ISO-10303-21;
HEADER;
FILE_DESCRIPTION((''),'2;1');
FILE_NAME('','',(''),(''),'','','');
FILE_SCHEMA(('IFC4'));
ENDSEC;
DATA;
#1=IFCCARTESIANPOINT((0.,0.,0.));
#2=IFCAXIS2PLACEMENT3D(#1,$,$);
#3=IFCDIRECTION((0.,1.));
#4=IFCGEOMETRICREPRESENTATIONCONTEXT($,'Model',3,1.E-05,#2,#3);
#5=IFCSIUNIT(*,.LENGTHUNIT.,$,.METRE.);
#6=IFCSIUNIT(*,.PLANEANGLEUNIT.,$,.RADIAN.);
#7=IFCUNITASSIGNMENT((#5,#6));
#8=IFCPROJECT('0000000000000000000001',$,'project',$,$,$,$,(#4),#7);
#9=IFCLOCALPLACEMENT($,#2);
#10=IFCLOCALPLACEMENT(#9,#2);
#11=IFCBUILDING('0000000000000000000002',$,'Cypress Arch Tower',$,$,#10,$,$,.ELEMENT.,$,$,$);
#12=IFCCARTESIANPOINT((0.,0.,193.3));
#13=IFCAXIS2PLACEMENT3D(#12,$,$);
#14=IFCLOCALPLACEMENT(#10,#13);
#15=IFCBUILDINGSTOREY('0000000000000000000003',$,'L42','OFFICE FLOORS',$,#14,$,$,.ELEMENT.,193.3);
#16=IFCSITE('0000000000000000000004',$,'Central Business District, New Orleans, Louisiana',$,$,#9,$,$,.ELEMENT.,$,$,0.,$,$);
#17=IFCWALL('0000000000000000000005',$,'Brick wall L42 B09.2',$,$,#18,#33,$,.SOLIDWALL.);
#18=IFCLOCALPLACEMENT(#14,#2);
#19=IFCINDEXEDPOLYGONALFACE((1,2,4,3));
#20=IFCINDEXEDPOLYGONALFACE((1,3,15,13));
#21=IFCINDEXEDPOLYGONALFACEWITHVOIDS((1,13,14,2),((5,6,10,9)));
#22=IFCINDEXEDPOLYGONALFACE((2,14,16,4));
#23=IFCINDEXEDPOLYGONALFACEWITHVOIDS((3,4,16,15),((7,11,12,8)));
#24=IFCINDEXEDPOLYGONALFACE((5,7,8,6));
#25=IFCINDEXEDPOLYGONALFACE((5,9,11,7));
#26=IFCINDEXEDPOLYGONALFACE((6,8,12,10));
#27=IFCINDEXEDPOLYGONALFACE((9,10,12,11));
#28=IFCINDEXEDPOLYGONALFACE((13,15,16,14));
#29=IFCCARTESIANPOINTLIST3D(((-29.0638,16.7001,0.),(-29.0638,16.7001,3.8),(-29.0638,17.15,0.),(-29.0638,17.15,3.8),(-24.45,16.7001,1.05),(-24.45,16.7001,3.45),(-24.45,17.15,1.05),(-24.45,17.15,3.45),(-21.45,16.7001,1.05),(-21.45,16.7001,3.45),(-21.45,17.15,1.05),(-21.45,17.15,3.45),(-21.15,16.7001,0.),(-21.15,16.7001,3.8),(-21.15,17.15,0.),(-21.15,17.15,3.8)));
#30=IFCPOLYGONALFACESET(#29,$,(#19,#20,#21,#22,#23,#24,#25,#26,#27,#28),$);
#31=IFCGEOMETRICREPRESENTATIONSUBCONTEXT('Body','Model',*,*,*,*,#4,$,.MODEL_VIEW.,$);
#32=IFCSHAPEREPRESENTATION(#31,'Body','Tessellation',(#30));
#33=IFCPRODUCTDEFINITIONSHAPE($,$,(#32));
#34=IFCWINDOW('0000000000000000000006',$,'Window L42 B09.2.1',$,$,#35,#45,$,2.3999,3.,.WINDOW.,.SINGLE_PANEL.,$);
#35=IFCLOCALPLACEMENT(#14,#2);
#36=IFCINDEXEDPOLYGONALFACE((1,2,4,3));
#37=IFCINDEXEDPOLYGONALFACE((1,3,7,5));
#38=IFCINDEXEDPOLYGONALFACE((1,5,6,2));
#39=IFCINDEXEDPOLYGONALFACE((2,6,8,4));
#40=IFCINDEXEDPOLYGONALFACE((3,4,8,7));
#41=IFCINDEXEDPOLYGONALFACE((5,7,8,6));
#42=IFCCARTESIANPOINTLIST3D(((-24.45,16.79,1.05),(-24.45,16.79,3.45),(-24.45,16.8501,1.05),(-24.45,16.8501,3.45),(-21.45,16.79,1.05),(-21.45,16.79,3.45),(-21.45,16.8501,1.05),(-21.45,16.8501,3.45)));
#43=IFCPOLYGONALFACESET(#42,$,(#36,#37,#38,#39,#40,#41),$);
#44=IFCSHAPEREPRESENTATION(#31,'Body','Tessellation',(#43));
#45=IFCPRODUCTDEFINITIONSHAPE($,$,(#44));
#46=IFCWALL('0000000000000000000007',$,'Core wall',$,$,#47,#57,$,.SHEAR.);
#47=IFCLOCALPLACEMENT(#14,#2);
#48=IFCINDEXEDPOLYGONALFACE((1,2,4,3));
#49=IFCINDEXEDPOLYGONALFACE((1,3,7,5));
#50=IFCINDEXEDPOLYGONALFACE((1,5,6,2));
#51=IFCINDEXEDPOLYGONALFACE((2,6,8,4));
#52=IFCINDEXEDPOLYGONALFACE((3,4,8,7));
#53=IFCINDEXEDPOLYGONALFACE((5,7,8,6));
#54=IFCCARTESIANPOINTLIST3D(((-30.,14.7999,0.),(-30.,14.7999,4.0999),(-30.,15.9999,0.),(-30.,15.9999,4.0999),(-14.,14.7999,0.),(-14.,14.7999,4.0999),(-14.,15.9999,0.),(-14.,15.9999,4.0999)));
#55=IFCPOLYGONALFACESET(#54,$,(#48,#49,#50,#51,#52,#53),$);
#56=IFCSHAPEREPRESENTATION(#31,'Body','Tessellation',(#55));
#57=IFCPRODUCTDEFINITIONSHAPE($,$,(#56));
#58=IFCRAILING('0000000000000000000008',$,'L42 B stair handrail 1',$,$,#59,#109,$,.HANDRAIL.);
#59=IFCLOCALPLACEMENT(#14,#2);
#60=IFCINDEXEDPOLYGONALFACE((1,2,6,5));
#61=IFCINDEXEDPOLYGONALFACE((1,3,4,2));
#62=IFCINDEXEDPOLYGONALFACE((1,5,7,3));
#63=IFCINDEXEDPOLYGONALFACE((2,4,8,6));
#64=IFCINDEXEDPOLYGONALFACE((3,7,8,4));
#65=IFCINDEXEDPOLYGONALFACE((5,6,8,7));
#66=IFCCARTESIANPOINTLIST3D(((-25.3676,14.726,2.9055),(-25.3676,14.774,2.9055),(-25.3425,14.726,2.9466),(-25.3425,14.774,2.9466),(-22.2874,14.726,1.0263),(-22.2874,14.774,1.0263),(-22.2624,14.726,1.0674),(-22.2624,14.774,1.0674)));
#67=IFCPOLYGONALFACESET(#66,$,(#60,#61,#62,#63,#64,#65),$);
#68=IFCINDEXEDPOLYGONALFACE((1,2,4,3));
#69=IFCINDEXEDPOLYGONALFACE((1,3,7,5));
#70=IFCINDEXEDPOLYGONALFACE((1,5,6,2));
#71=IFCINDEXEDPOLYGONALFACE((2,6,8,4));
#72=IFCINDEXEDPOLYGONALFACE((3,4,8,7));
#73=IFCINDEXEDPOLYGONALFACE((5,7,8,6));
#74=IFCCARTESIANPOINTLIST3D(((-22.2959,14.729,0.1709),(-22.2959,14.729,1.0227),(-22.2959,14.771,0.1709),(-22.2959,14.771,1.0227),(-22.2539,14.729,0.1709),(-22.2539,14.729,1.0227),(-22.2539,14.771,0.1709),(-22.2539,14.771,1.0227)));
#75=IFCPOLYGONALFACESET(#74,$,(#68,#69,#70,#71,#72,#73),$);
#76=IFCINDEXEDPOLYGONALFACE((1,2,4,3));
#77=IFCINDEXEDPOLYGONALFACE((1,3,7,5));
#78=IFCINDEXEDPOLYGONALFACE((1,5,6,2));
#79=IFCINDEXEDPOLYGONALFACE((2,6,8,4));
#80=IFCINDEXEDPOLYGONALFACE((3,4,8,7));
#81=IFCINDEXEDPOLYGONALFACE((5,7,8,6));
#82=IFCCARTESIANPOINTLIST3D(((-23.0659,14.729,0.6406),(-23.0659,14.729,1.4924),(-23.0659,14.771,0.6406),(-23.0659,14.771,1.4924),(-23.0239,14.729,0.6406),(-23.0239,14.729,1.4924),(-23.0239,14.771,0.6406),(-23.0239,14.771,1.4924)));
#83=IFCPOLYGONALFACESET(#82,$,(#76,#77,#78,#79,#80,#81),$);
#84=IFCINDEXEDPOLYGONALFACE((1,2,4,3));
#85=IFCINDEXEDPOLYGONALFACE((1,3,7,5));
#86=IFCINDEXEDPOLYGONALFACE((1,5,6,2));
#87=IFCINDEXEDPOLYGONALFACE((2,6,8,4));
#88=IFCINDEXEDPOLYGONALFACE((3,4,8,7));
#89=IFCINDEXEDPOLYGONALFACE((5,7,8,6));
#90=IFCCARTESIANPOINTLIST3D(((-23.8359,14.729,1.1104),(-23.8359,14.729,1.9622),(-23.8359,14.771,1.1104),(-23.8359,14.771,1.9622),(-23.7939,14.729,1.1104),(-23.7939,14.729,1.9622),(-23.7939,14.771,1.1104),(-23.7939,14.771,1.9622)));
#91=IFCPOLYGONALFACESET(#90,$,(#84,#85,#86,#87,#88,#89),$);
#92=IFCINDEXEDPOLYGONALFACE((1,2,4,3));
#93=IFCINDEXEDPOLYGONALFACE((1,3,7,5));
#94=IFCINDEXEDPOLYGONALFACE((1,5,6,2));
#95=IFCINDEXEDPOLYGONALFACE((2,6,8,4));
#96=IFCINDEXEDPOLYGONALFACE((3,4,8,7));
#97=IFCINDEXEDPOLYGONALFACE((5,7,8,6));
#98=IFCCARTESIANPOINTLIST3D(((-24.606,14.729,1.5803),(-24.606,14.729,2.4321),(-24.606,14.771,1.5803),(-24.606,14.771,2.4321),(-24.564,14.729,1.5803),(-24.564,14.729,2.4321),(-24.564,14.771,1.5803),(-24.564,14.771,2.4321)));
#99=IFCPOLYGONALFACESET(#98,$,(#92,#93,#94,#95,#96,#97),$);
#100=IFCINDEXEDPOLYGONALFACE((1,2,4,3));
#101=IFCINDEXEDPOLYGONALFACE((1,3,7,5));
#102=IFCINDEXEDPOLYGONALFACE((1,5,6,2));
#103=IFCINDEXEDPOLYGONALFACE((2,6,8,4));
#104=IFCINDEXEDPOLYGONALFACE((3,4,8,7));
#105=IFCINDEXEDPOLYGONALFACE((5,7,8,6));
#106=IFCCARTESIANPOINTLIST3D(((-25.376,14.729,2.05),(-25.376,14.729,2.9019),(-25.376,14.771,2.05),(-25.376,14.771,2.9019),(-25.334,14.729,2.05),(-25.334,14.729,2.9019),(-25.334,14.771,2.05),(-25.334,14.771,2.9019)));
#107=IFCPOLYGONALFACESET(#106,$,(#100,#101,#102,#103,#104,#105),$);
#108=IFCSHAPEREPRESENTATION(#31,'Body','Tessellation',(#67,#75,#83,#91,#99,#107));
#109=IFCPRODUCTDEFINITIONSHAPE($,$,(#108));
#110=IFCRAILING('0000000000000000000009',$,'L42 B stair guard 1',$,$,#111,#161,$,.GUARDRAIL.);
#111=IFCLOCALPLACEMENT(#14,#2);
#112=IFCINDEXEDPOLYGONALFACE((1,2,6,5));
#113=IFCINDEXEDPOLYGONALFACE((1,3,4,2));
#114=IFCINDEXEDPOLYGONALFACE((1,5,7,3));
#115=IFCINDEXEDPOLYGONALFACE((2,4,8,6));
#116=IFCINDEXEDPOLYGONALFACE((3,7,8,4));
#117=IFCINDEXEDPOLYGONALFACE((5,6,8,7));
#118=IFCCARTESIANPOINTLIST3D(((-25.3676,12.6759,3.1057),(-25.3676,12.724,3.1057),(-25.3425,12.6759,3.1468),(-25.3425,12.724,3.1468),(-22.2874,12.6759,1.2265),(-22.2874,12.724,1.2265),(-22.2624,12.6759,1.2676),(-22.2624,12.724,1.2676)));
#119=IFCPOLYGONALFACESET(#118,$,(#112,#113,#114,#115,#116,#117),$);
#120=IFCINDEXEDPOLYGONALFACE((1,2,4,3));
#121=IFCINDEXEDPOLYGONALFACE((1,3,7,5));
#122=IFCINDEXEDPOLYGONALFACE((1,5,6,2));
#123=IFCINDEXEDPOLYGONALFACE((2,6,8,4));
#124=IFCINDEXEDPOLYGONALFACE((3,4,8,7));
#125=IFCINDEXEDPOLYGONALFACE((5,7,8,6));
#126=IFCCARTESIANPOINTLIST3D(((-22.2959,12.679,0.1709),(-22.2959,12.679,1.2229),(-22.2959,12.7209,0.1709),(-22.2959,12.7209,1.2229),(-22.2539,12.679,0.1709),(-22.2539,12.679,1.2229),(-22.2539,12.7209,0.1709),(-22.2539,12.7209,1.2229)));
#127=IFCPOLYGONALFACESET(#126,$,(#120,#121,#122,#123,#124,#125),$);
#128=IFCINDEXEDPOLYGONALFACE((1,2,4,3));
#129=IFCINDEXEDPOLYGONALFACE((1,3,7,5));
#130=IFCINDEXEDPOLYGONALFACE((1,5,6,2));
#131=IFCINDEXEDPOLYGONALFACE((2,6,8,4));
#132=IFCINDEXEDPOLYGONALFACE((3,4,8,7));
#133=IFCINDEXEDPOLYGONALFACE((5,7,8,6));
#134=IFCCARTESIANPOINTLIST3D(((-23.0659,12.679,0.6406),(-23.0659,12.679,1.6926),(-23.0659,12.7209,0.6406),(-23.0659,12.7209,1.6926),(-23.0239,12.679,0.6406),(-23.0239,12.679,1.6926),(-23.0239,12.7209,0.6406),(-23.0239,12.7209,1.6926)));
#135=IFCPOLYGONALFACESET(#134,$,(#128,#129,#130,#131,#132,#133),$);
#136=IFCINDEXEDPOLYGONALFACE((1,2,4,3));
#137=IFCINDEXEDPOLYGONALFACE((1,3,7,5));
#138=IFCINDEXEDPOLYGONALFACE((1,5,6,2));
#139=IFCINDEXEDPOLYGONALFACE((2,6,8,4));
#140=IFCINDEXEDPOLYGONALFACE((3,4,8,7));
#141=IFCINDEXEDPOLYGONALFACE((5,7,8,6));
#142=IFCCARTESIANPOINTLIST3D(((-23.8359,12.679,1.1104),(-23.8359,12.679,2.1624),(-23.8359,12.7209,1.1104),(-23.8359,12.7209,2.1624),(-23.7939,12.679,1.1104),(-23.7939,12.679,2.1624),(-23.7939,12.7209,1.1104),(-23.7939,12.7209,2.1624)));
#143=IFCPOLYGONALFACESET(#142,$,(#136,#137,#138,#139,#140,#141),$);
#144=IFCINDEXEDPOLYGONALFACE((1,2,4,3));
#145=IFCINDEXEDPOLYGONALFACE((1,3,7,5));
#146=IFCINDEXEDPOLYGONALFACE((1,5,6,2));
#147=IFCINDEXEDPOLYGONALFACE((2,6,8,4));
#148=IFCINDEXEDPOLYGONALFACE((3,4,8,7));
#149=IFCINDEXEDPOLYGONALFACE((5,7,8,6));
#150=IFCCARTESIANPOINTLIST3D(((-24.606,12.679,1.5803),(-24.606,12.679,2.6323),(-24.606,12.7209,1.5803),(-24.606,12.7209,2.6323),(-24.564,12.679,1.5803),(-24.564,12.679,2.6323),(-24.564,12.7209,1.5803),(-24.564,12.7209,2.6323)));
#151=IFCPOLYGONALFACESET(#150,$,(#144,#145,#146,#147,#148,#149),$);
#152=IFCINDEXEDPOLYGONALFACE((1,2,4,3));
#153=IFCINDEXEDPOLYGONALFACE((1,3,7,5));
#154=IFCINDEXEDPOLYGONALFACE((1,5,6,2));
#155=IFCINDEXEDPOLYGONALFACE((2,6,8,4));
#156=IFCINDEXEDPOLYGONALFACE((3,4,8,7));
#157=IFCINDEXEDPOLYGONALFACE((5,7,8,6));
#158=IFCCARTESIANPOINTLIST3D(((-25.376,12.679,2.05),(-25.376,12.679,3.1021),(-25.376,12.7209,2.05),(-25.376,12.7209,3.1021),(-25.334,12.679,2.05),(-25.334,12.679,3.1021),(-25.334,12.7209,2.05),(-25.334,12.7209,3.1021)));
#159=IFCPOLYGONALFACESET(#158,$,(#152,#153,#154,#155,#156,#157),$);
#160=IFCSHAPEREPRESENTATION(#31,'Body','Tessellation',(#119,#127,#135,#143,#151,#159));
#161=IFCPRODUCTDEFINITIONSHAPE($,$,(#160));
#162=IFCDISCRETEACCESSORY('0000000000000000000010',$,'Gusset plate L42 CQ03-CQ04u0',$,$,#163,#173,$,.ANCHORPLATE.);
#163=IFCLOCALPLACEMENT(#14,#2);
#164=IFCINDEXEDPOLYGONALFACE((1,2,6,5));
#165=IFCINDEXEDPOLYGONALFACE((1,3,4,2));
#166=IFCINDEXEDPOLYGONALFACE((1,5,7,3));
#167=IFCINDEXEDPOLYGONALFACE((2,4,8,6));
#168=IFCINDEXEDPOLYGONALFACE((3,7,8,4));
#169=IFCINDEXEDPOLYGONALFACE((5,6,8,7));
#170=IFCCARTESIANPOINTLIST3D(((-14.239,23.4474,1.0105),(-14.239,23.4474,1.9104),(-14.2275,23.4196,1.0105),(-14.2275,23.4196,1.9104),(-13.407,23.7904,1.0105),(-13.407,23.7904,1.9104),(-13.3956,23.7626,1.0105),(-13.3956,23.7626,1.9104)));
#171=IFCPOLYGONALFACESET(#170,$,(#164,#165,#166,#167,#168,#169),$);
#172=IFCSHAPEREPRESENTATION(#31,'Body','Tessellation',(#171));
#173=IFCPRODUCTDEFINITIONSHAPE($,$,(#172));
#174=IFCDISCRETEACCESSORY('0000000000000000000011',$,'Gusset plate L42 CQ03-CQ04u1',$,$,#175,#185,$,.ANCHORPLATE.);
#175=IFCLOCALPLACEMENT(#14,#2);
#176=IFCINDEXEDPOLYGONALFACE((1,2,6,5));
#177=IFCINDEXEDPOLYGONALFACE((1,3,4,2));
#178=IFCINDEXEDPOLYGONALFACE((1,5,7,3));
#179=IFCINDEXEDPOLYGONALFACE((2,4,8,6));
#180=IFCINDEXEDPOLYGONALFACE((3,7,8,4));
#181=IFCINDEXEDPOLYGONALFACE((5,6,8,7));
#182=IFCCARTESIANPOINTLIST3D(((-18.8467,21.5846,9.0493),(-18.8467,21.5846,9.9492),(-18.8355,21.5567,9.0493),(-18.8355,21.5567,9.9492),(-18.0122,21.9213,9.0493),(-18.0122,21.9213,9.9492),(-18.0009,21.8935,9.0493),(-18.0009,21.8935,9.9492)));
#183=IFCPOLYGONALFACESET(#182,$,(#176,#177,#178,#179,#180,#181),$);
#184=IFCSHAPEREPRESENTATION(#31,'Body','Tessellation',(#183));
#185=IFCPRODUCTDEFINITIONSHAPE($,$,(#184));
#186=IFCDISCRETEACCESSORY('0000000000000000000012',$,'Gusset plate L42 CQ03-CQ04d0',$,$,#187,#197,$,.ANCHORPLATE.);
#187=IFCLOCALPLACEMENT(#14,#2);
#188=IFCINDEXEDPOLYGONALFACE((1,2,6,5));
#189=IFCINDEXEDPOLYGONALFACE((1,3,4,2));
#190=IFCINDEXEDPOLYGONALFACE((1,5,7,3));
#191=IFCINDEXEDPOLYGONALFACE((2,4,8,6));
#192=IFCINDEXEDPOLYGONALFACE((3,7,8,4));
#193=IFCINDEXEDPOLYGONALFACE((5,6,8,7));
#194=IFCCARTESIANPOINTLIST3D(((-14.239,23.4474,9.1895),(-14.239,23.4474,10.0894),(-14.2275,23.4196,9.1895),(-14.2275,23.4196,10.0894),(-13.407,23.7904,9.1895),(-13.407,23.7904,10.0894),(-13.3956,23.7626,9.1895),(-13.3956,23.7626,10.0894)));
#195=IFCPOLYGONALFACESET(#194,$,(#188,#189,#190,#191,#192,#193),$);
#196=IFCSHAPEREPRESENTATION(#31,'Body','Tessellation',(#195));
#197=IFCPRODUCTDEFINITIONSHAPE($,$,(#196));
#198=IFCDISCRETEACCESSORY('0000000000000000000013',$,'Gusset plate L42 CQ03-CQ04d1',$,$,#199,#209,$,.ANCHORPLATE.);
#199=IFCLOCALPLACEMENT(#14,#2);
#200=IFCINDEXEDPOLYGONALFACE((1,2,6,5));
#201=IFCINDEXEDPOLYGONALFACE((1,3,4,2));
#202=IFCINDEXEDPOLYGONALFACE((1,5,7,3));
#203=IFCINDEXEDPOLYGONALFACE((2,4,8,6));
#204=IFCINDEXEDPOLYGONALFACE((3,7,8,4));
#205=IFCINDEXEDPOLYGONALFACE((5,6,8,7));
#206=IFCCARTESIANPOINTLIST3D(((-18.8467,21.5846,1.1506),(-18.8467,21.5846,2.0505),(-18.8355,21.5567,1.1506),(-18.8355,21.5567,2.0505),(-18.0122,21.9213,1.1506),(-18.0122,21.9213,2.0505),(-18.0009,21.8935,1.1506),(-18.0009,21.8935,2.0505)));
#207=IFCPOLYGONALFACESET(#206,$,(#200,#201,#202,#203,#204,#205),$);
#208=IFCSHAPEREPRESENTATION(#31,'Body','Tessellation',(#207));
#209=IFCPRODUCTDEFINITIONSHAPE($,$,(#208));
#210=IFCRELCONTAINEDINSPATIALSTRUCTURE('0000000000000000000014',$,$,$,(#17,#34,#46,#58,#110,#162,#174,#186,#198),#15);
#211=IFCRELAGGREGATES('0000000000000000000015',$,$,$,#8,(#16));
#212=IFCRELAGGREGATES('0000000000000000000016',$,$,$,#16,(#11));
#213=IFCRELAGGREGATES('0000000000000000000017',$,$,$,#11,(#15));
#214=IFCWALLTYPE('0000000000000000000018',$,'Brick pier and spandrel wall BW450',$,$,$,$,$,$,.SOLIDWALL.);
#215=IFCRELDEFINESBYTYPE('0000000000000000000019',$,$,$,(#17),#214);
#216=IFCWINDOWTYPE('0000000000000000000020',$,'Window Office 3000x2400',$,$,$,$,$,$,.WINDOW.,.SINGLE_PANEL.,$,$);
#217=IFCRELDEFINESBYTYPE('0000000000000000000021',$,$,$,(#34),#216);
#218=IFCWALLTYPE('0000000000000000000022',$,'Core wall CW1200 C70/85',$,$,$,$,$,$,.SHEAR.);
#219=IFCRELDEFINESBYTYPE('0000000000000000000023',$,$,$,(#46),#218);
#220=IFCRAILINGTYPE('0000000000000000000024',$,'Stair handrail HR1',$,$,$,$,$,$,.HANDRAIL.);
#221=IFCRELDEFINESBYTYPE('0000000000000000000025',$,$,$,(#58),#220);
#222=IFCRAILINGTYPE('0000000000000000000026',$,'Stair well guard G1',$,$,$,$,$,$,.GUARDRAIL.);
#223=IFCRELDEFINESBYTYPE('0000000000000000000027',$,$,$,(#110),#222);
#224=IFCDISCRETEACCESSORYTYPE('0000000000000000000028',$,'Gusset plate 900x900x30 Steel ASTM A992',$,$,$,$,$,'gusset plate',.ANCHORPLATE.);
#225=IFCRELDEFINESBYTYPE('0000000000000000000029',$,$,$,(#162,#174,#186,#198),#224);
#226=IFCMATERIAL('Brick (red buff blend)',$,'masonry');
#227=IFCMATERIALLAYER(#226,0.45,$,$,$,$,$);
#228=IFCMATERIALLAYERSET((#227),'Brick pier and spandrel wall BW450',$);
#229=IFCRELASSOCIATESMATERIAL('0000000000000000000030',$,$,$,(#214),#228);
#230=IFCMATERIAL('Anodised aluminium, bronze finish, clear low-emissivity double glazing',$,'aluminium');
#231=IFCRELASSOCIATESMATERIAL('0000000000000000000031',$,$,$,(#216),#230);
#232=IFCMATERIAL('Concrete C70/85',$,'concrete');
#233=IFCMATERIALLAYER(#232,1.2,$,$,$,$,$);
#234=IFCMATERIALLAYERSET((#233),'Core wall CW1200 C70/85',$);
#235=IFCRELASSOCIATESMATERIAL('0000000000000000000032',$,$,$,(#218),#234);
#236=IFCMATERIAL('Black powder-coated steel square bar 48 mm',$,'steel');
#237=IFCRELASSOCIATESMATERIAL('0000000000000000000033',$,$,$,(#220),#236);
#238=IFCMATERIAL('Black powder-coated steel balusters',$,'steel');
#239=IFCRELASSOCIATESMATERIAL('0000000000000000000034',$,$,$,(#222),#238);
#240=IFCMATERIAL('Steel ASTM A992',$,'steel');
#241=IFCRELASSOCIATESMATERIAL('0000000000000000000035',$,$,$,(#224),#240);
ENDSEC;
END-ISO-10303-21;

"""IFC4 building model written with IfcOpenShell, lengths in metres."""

from ifc_helpers import new_model, si_unit, direction, frame, frame_2d, origin, origin_2d, place, context, subcontext, project, spatial, rectangle, extrude, material, layer, layer_set, material_profile, profile_set, type_object, element, fill, save


model = new_model("IFC4")

# Units and contexts
model_context = context("Model", 3, precision=1e-05, world=origin(), true_north=direction((0.0, 1.0)))
body_context = subcontext(model_context, "Body", "Model", "MODEL_VIEW")
ifc_project = project(units=[si_unit("LENGTHUNIT", "METRE"), si_unit("PLANEANGLEUNIT", "RADIAN")], contexts=[model_context])

# Site, building, storey
site_placement = place(None, origin())
site = spatial("IfcSite", under=ifc_project, at=site_placement, Name="Central Business District, New Orleans, Louisiana", CompositionType="ELEMENT", RefElevation=0.0)
building_placement = place(site_placement, origin())
building = spatial("IfcBuilding", under=site, at=building_placement, Name="Cypress Arch Tower", CompositionType="ELEMENT")
storey_placement = place(building_placement, frame((0.0, 0.0, 193.3)))
storey = spatial("IfcBuildingStorey", under=building, at=storey_placement, Name="L42", Description="OFFICE FLOORS", CompositionType="ELEMENT", Elevation=193.3)

# Wall, opening, window
ifc_material_1 = material(Name="Brick (red buff blend)", Category="masonry")
ifc_layer_1 = layer(ifc_material_1, 0.45)
ifc_layer_set_1 = layer_set([ifc_layer_1], Name="Brick pier and spandrel wall BW450")
wall_type_1 = type_object("IfcWallType", Name="Brick pier and spandrel wall BW450", PredefinedType="SOLIDWALL", material=ifc_layer_set_1)
wall_1_placement = place(storey_placement, frame((-21.1499, 16.925, 0.0), z_axis=(0.0, 0.0, 1.0), x_axis=(-1.0, 0.0, 0.0)))
wall_1 = element("IfcWall", 1, at=wall_1_placement, inside=storey, type_object=wall_type_1, Name="Brick wall L42 B09.2", PredefinedType="SOLIDWALL", context=body_context, shape_type="SweptSolid", body=[
    extrude(rectangle(XDim=7.9138, YDim=0.45, at=frame_2d((3.957, 0.0))), origin(), (0.0, 0.0, 1.0), 3.8),
])
opening_placement = place(wall_1_placement, frame((0.3, 0.0, 1.05)))
opening = element("IfcOpeningElement", 2, at=opening_placement, cuts=wall_1, PredefinedType="OPENING", context=body_context, shape_type="SweptSolid", body=[
    extrude(rectangle(XDim=3.0, YDim=2.3999, at=frame_2d((1.5, 1.2))), frame((0.0, 0.2349, 0.0), z_axis=(0.0, -1.0, 0.0), x_axis=(1.0, 0.0, 0.0)), (0.0, 0.0, 1.0), 0.47),
])
ifc_material_2 = material(Name="Anodised aluminium, bronze finish, clear low-emissivity double glazing", Category="aluminium")
window_type = type_object("IfcWindowType", Name="Window Office 3000x2400", PartitioningType="SINGLE_PANEL", PredefinedType="WINDOW", material=ifc_material_2)
window_placement = place(opening_placement, origin())
window = element("IfcWindow", 3, at=window_placement, inside=storey, type_object=window_type, Name="Window L42 B09.2.1", OverallHeight=2.3999, OverallWidth=3.0, PartitioningType="SINGLE_PANEL", PredefinedType="WINDOW", context=body_context, shape_type="SweptSolid", body=[
    extrude(rectangle(XDim=3.0, YDim=2.3999, at=frame_2d((1.5, 1.2))), frame((0.0, 0.135, 0.0), z_axis=(0.0, -1.0, 0.0), x_axis=(1.0, 0.0, 0.0)), (0.0, 0.0, 1.0), 0.0601),
])
fill(opening, window)

# Wall
ifc_material_3 = material(Name="Concrete C70/85", Category="concrete")
ifc_layer_2 = layer(ifc_material_3, 1.2)
ifc_layer_set_2 = layer_set([ifc_layer_2], Name="Core wall CW1200 C70/85")
wall_type_2 = type_object("IfcWallType", Name="Core wall CW1200 C70/85", PredefinedType="SHEAR", material=ifc_layer_set_2)
wall_2_placement = place(storey_placement, frame((-30.0, 15.3999, 0.0), z_axis=(0.0, 0.0, 1.0), x_axis=(1.0, 0.0, 0.0)))
element("IfcWall", 4, at=wall_2_placement, inside=storey, type_object=wall_type_2, Name="Core wall", PredefinedType="SHEAR", context=body_context, shape_type="SweptSolid", body=[
    extrude(rectangle(XDim=16.0, YDim=1.2, at=frame_2d((8.0, 0.0))), origin(), (0.0, 0.0, 1.0), 4.0999),
])

# Railings
ifc_material_4 = material(Name="Black powder-coated steel square bar 48 mm", Category="steel")
railing_type_1 = type_object("IfcRailingType", Name="Stair handrail HR1", PredefinedType="HANDRAIL", material=ifc_material_4)
railing_1_placement = place(storey_placement, frame((-22.2749, 14.75, 0.1709)))
element("IfcRailing", 5, at=railing_1_placement, inside=storey, type_object=railing_type_1, Name="L42 B stair handrail 1", PredefinedType="HANDRAIL", context=body_context, shape_type="SweptSolid", body=[
    extrude(rectangle(XDim=0.0481, YDim=0.0481, at=origin_2d()), frame((0.0, 0.0, 0.876), z_axis=(-0.853666, 0.0, 0.52082), x_axis=(0.0, -1.0, 0.0)), (0.0, 0.0, 1.0), 3.6082),
    extrude(rectangle(XDim=0.042, YDim=0.042, at=origin_2d()), origin(), (0.0, 0.0, 1.0), 0.8518),
    extrude(rectangle(XDim=0.042, YDim=0.042, at=origin_2d()), frame((-0.77, 0.0, 0.4697)), (0.0, 0.0, 1.0), 0.8518),
    extrude(rectangle(XDim=0.042, YDim=0.042, at=origin_2d()), frame((-1.54, 0.0, 0.9395)), (0.0, 0.0, 1.0), 0.8518),
    extrude(rectangle(XDim=0.042, YDim=0.042, at=origin_2d()), frame((-2.3101, 0.0, 1.4094)), (0.0, 0.0, 1.0), 0.8518),
    extrude(rectangle(XDim=0.042, YDim=0.042, at=origin_2d()), frame((-3.0801, 0.0, 1.8792)), (0.0, 0.0, 1.0), 0.8518),
])
ifc_material_5 = material(Name="Black powder-coated steel balusters", Category="steel")
railing_type_2 = type_object("IfcRailingType", Name="Stair well guard G1", PredefinedType="GUARDRAIL", material=ifc_material_5)
railing_2_placement = place(storey_placement, frame((-22.2749, 12.7, 0.1709)))
element("IfcRailing", 6, at=railing_2_placement, inside=storey, type_object=railing_type_2, Name="L42 B stair guard 1", PredefinedType="GUARDRAIL", context=body_context, shape_type="SweptSolid", body=[
    extrude(rectangle(XDim=0.0481, YDim=0.0481, at=origin_2d()), frame((0.0, 0.0, 1.0762), z_axis=(-0.853666, 0.0, 0.52082), x_axis=(0.0, -1.0, 0.0)), (0.0, 0.0, 1.0), 3.6082),
    extrude(rectangle(XDim=0.042, YDim=0.042, at=origin_2d()), origin(), (0.0, 0.0, 1.0), 1.052),
    extrude(rectangle(XDim=0.042, YDim=0.042, at=origin_2d()), frame((-0.77, 0.0, 0.4697)), (0.0, 0.0, 1.0), 1.052),
    extrude(rectangle(XDim=0.042, YDim=0.042, at=origin_2d()), frame((-1.54, 0.0, 0.9395)), (0.0, 0.0, 1.0), 1.052),
    extrude(rectangle(XDim=0.042, YDim=0.042, at=origin_2d()), frame((-2.3101, 0.0, 1.4094)), (0.0, 0.0, 1.0), 1.052),
    extrude(rectangle(XDim=0.042, YDim=0.042, at=origin_2d()), frame((-3.0801, 0.0, 1.8792)), (0.0, 0.0, 1.0), 1.052),
])

# Discrete accessories
ifc_material_6 = material(Name="Steel ASTM A992", Category="steel")
ifc_material_profile_1 = material_profile(ifc_material_6, rectangle(XDim=0.8999, YDim=0.8999, at=origin_2d()), Name="PL 30 900x900")
ifc_profile_set_1 = profile_set([ifc_material_profile_1], Name="Steel ASTM A992")
discrete_accessory_type_1 = type_object("IfcDiscreteAccessoryType", Name="Gusset plate 900x900x30 Steel ASTM A992", ElementType="gusset plate", PredefinedType="ANCHORPLATE", material=ifc_profile_set_1)
for number, where, z_axis, x_axis, name in (
    (7, (-13.823, 23.6189, 1.4604), (0.381158, -0.92451, 0.0), (0.92451, 0.381158, 0.0), "Gusset plate L42 CQ03-CQ04u0"),
    (8, (-18.4294, 21.7529, 9.4993), (0.374194, -0.92735, 0.0), (0.92735, 0.374194, 0.0), "Gusset plate L42 CQ03-CQ04u1"),
    (9, (-13.823, 23.6189, 9.6394), (0.381158, -0.92451, 0.0), (0.92451, 0.381158, 0.0), "Gusset plate L42 CQ03-CQ04d0"),
    (10, (-18.4294, 21.7529, 1.6006), (0.374194, -0.92735, 0.0), (0.92735, 0.374194, 0.0), "Gusset plate L42 CQ03-CQ04d1"),
):
    element("IfcDiscreteAccessory", number, at=place(storey_placement, frame(where, z_axis=z_axis, x_axis=x_axis)), inside=storey, type_object=discrete_accessory_type_1, Name=name, PredefinedType="ANCHORPLATE", context=body_context, shape_type="SweptSolid", body=[
        extrude(rectangle(XDim=0.8999, YDim=0.8999, at=origin_2d()), origin(), (0.0, 0.0, 1.0), 0.03),
    ])

save(model, "model.ifc")
